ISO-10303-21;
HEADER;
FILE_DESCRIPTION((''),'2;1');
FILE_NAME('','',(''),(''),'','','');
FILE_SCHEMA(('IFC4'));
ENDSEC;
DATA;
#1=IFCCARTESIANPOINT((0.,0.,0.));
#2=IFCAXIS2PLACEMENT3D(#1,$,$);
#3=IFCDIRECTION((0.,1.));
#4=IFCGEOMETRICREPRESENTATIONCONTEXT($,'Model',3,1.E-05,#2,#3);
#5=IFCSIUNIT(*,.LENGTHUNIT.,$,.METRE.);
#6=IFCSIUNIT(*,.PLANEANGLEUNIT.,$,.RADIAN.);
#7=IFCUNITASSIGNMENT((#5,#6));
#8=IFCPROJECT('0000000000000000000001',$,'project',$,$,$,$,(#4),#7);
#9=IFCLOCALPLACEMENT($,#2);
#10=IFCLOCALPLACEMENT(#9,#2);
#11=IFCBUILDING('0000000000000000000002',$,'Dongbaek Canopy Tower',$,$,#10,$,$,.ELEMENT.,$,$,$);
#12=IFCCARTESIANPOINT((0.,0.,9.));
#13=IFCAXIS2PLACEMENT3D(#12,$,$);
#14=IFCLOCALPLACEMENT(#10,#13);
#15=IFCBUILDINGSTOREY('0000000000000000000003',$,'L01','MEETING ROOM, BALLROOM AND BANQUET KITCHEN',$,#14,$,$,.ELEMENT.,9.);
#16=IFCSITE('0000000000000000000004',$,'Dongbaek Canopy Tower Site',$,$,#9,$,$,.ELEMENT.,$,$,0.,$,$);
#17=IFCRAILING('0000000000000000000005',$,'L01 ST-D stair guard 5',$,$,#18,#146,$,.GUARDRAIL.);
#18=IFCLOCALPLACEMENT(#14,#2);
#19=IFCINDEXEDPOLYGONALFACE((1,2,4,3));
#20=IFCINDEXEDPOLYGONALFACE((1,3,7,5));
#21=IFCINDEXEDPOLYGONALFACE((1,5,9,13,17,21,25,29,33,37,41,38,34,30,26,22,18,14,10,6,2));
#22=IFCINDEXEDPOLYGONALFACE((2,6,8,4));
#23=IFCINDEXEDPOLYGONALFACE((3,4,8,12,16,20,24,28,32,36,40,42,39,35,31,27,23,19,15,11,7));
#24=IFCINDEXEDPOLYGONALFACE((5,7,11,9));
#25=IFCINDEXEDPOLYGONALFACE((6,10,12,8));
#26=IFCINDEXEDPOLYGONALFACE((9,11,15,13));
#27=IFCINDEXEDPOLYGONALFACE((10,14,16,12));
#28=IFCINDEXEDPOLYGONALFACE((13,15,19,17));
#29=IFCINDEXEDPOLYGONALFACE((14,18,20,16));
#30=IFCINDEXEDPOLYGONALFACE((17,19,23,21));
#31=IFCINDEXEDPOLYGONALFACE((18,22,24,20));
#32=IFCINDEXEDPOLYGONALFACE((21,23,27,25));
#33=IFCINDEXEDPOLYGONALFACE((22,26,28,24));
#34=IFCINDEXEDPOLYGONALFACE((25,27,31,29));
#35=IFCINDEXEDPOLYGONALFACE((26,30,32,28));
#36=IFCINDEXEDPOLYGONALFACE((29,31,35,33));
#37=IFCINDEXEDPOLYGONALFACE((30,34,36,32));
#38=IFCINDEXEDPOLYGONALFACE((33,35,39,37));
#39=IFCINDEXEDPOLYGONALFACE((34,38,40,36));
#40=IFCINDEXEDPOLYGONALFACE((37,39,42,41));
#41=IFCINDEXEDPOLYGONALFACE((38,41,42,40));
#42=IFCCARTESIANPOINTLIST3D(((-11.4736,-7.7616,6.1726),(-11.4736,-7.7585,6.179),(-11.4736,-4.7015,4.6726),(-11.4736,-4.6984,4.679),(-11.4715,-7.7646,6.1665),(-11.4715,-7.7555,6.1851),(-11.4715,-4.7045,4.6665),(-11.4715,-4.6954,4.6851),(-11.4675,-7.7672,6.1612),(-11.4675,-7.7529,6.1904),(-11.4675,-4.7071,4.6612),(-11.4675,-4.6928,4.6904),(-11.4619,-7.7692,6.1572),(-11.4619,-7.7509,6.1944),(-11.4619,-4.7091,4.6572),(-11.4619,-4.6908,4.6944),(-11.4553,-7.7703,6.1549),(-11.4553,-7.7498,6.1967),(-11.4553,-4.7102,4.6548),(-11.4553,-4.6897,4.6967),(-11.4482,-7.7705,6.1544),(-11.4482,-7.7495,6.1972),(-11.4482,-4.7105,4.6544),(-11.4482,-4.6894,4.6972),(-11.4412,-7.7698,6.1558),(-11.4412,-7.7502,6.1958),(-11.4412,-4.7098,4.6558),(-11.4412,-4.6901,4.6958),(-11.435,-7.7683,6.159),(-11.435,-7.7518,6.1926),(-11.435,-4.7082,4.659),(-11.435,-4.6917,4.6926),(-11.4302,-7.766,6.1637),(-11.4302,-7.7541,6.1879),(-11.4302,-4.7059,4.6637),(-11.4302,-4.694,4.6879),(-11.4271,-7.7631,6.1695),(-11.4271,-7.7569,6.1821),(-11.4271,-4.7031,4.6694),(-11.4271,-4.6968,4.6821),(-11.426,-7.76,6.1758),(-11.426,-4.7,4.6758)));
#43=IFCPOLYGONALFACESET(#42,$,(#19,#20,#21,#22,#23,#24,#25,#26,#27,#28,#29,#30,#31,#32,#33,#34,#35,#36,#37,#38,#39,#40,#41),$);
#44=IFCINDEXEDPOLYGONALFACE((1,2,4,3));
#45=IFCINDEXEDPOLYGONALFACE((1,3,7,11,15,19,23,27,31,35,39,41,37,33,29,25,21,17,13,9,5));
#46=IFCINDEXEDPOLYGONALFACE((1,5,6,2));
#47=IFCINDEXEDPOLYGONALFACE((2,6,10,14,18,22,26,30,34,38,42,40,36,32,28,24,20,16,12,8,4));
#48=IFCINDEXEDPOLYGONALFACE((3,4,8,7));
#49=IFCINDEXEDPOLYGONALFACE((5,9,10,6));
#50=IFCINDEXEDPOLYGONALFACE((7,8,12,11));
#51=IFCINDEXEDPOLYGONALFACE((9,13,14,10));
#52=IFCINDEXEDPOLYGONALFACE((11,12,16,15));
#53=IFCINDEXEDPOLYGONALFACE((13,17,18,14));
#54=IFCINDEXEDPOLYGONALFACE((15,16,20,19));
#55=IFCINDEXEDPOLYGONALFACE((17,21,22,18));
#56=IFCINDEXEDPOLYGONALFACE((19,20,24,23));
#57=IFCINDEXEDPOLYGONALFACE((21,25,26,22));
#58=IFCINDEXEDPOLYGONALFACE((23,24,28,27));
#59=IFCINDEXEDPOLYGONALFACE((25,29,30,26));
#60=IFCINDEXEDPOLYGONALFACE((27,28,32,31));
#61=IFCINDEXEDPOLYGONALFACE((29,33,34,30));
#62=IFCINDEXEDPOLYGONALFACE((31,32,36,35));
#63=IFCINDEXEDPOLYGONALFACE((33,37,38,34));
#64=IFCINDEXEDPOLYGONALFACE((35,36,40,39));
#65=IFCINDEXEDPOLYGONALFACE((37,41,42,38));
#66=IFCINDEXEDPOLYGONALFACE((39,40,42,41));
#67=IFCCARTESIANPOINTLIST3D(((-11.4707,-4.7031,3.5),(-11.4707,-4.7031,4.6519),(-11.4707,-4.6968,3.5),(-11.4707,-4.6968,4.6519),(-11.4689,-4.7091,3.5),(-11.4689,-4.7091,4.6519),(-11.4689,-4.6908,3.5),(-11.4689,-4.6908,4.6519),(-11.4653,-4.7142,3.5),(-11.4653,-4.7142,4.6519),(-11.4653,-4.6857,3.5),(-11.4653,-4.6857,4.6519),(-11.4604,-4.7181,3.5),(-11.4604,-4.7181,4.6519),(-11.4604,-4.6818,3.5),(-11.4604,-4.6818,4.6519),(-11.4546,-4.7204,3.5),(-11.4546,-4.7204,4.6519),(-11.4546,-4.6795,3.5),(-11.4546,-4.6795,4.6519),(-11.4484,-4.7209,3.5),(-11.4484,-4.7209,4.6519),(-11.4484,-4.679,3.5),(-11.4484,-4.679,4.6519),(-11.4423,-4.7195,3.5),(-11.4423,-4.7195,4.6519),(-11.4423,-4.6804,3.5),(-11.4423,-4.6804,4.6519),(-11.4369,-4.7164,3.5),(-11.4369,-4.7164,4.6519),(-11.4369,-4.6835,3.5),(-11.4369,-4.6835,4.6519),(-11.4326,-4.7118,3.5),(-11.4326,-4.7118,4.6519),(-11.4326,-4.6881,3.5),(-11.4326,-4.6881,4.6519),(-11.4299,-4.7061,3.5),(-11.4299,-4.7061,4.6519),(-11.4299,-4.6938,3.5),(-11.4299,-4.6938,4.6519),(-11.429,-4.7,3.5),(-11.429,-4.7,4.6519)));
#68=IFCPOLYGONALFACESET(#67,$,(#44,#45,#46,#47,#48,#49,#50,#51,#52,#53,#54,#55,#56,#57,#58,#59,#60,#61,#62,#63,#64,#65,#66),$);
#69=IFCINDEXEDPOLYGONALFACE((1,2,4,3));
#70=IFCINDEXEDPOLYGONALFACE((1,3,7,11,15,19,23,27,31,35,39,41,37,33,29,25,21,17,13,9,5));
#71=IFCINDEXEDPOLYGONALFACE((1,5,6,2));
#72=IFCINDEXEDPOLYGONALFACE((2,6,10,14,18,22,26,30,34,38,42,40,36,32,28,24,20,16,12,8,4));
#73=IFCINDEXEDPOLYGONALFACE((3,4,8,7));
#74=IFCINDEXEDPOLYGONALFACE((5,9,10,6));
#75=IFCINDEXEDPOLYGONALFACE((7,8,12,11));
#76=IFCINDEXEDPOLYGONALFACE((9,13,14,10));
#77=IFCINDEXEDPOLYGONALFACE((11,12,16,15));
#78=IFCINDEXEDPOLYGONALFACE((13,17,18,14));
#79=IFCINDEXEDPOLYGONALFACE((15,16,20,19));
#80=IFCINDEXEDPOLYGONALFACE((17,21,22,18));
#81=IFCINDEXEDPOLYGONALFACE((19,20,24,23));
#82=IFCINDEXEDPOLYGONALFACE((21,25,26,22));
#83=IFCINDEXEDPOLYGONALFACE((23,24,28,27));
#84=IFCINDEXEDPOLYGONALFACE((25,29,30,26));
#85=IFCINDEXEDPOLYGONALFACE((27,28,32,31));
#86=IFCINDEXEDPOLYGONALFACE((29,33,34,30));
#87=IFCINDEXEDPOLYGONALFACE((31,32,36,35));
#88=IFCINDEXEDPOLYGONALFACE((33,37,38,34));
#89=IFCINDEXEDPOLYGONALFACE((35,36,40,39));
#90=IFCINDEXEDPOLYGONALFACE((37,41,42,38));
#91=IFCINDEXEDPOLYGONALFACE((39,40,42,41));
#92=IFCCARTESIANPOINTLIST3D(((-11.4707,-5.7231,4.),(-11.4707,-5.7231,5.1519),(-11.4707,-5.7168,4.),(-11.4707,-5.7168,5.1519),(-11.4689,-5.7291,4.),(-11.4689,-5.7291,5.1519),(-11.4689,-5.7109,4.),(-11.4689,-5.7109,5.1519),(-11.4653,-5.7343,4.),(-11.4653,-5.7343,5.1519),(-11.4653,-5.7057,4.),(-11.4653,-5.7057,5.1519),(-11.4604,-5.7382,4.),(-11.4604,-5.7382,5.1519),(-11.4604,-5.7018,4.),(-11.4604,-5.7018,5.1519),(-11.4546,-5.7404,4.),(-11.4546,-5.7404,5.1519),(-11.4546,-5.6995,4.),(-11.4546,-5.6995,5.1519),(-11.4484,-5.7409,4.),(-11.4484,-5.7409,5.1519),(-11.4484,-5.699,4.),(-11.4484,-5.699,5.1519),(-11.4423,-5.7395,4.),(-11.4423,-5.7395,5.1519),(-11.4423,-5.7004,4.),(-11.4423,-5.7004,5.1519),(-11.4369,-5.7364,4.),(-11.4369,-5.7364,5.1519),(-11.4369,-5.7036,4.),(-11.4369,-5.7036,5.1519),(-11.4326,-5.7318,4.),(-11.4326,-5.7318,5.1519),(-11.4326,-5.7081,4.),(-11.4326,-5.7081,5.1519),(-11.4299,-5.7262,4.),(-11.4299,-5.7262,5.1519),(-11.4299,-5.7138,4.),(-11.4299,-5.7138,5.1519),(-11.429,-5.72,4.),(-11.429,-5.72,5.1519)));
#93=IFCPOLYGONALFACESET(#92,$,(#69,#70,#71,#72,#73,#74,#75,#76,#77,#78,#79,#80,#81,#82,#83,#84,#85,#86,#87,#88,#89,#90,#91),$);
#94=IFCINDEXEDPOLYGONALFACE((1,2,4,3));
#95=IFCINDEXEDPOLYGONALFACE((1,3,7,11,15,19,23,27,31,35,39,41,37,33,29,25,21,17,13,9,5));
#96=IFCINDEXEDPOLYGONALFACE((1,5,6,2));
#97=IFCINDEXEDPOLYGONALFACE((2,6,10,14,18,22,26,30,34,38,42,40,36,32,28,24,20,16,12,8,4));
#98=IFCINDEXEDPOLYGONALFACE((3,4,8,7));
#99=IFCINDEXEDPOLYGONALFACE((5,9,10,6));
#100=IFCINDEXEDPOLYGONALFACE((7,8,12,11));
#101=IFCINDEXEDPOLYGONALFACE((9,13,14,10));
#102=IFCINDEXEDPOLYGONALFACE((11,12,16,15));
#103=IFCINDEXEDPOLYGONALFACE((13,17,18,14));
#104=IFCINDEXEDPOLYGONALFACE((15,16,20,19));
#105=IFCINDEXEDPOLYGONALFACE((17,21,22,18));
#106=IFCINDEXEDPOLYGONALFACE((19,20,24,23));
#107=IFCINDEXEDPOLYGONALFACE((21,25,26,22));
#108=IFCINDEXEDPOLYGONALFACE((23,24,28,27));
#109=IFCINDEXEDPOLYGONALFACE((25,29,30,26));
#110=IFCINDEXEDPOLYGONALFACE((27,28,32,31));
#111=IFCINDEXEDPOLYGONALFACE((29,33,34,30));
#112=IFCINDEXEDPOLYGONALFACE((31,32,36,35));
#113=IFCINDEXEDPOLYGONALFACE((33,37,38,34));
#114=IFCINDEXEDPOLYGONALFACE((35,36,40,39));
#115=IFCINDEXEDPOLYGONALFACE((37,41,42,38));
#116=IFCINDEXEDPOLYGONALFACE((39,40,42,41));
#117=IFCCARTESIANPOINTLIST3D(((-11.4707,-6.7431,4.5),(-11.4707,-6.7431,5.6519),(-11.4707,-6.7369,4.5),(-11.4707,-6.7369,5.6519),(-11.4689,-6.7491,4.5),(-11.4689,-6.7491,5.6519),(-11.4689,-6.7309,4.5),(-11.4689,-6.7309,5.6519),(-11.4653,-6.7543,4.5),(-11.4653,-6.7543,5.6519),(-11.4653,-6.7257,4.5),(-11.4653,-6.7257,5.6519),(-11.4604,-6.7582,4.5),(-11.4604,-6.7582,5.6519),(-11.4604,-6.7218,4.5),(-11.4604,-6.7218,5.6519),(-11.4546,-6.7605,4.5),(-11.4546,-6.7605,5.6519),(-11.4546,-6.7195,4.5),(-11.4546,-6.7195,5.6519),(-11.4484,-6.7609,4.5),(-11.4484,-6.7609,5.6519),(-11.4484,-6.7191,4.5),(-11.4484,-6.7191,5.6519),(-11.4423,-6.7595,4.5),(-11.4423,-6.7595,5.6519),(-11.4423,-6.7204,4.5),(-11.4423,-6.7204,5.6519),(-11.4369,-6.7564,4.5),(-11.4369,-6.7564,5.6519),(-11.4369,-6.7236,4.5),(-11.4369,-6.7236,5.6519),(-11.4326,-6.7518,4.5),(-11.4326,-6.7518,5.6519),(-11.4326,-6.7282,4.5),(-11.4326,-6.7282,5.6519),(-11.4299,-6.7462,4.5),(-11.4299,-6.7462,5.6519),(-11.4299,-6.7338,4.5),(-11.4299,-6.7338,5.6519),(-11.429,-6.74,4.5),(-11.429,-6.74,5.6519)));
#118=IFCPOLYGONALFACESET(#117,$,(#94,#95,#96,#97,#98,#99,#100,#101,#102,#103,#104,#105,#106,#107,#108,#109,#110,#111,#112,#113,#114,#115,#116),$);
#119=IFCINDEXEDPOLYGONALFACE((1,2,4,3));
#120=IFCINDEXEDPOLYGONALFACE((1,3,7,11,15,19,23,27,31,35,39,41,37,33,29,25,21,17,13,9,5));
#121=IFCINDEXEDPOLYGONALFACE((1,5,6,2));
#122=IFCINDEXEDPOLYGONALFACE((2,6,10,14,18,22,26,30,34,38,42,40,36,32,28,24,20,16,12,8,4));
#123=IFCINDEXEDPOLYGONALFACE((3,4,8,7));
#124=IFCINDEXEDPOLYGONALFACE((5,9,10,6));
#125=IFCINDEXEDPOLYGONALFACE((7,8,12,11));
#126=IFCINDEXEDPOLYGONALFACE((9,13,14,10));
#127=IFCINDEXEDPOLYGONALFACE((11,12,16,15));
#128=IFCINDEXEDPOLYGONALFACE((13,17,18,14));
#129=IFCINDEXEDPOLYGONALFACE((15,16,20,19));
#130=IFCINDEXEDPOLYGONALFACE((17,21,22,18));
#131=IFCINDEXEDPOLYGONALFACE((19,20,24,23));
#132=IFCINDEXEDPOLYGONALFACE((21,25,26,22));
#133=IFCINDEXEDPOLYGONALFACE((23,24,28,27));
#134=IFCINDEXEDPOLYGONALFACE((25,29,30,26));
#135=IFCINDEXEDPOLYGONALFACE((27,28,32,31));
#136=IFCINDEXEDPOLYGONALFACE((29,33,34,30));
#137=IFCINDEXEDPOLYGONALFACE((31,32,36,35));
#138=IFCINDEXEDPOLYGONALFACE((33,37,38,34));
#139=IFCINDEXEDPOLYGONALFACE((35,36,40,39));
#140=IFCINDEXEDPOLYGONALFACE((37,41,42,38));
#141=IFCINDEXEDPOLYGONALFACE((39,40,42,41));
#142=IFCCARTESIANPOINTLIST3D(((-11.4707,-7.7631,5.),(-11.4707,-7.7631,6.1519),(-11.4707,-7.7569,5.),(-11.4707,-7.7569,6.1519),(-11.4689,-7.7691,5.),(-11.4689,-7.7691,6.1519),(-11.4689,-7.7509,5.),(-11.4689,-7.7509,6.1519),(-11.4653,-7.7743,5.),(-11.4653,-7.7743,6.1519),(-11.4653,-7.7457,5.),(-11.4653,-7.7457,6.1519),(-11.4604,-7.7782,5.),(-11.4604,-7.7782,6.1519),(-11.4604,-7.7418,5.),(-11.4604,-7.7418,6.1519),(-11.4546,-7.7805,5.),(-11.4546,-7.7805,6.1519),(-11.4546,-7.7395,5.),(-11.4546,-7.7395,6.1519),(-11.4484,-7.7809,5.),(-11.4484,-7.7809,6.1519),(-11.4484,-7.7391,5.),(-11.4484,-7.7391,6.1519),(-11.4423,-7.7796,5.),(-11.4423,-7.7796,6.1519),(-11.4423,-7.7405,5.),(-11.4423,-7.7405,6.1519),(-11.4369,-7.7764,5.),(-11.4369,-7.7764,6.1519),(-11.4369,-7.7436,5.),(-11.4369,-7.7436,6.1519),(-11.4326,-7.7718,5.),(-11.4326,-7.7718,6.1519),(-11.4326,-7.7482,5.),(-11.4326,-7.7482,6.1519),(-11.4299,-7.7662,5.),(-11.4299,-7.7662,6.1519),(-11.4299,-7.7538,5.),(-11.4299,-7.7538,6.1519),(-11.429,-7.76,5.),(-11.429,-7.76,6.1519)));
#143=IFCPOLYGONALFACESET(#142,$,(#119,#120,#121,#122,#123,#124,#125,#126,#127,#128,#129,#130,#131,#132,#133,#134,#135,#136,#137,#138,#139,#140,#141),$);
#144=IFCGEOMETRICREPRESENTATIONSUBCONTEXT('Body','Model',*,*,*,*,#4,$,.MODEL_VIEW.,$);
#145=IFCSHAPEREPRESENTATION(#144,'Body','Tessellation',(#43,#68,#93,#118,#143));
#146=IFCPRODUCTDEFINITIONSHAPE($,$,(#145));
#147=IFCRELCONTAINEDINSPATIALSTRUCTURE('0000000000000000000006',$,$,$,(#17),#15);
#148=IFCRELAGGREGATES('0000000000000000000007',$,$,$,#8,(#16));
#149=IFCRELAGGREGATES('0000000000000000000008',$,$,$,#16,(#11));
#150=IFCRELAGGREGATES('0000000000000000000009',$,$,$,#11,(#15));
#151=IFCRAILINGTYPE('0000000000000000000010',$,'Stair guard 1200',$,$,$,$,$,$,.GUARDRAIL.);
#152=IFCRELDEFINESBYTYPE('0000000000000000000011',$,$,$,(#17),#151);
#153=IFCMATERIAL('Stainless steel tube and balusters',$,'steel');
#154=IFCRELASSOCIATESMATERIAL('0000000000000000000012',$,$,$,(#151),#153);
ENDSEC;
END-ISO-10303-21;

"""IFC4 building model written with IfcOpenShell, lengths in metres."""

from ifc_helpers import new_model, si_unit, direction, frame, origin, origin_2d, place, context, subcontext, project, spatial, circle, extrude, material, type_object, element, save


model = new_model("IFC4")

# Units and contexts
model_context = context("Model", 3, precision=1e-05, world=origin(), true_north=direction((0.0, 1.0)))
body_context = subcontext(model_context, "Body", "Model", "MODEL_VIEW")
ifc_project = project(units=[si_unit("LENGTHUNIT", "METRE"), si_unit("PLANEANGLEUNIT", "RADIAN")], contexts=[model_context])

# Site, building, storey
site_placement = place(None, origin())
site = spatial("IfcSite", under=ifc_project, at=site_placement, Name="Dongbaek Canopy Tower Site", CompositionType="ELEMENT", RefElevation=0.0)
building_placement = place(site_placement, origin())
building = spatial("IfcBuilding", under=site, at=building_placement, Name="Dongbaek Canopy Tower", CompositionType="ELEMENT")
storey_placement = place(building_placement, frame((0.0, 0.0, 9.0)))
storey = spatial("IfcBuildingStorey", under=building, at=storey_placement, Name="L01", Description="MEETING ROOM, BALLROOM AND BANQUET KITCHEN", CompositionType="ELEMENT", Elevation=9.0)

# Railing
ifc_material_1 = material(Name="Stainless steel tube and balusters", Category="steel")
railing_type_1 = type_object("IfcRailingType", Name="Stair guard 1200", PredefinedType="GUARDRAIL", material=ifc_material_1)
railing_1_placement = place(storey_placement, frame((-11.45, -4.7, 3.5)))
element("IfcRailing", 1, at=railing_1_placement, inside=storey, type_object=railing_type_1, Name="L01 ST-D stair guard 5", PredefinedType="GUARDRAIL", context=body_context, shape_type="SweptSolid", body=[
    extrude(circle(Radius=0.0239, at=origin_2d()), frame((0.0, 0.0, 1.1758), z_axis=(0.0, -0.897924, 0.44015), x_axis=(1.0, 0.0, 0.0)), (0.0, 0.0, 1.0), 3.408),
    extrude(circle(Radius=0.021, at=origin_2d()), origin(), (0.0, 0.0, 1.0), 1.1519),
    extrude(circle(Radius=0.021, at=origin_2d()), frame((0.0, -1.02, 0.5)), (0.0, 0.0, 1.0), 1.1519),
    extrude(circle(Radius=0.021, at=origin_2d()), frame((0.0, -2.04, 1.0)), (0.0, 0.0, 1.0), 1.1519),
    extrude(circle(Radius=0.021, at=origin_2d()), frame((0.0, -3.0601, 1.5)), (0.0, 0.0, 1.0), 1.1519),
])

save(model, "model.ifc")
